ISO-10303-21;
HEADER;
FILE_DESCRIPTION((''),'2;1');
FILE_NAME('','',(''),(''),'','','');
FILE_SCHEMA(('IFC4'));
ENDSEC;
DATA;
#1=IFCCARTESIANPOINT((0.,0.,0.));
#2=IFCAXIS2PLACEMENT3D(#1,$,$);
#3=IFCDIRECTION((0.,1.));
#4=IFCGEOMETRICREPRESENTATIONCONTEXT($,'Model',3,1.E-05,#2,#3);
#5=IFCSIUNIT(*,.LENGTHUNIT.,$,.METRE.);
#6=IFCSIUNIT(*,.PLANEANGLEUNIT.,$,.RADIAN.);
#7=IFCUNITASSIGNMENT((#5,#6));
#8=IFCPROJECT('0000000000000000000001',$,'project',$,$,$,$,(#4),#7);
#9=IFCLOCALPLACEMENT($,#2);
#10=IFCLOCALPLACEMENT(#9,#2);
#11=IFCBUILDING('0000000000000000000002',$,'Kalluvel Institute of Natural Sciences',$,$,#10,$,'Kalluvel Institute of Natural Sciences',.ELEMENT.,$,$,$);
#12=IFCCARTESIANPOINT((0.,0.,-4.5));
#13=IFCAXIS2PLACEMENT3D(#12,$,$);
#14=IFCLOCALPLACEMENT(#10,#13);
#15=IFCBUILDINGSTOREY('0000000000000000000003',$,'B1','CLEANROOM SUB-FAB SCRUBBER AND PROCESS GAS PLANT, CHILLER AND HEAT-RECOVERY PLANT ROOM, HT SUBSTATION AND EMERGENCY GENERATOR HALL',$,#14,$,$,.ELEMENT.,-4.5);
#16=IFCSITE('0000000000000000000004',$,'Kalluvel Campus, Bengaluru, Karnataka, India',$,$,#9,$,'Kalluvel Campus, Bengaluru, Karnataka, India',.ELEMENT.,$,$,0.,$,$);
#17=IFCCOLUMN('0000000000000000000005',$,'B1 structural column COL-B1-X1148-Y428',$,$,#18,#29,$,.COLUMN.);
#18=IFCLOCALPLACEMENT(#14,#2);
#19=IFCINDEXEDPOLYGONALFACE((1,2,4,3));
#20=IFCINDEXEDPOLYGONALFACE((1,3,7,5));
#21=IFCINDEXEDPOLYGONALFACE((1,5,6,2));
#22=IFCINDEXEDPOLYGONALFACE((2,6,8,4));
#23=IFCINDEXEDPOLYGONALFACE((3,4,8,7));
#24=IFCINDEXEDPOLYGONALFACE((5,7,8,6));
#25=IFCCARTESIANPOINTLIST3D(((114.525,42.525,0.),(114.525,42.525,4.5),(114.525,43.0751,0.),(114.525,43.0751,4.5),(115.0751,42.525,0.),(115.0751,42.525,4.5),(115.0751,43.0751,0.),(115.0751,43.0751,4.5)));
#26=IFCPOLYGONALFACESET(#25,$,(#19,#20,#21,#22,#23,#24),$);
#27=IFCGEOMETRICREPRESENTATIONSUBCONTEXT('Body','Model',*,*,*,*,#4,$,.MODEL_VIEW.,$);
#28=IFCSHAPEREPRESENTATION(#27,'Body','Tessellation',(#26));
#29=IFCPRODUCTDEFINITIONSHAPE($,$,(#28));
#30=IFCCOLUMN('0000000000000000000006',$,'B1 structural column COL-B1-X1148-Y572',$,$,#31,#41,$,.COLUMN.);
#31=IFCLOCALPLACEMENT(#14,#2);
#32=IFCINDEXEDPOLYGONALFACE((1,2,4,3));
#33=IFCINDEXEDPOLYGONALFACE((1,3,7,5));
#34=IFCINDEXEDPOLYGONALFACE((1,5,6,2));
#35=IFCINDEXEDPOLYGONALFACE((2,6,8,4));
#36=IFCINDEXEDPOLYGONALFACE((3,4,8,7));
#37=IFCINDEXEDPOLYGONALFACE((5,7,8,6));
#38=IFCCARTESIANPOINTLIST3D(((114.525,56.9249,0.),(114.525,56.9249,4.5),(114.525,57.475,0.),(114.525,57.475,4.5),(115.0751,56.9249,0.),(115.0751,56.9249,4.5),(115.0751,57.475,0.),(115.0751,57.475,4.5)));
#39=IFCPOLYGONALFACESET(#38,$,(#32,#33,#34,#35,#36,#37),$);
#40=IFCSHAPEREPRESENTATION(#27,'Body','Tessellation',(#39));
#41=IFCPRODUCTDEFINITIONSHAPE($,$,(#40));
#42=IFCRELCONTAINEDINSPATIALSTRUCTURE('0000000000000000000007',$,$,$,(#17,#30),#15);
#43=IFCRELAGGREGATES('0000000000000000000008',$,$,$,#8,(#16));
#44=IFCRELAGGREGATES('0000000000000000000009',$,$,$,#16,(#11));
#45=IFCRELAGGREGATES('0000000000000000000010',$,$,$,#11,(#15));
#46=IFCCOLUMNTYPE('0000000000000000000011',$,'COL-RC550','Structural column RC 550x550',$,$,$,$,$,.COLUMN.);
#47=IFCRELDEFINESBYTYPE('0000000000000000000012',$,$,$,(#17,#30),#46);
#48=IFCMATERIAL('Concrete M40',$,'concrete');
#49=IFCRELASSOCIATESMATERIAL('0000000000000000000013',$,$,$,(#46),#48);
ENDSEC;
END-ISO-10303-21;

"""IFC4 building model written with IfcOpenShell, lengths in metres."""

from ifc_helpers import new_model, si_unit, direction, frame, origin, origin_2d, place, context, subcontext, project, spatial, rectangle, extrude, material, material_profile, profile_set, type_object, element, save


model = new_model("IFC4")

# Units and contexts
model_context = context("Model", 3, precision=1e-05, world=origin(), true_north=direction((0.0, 1.0)))
body_context = subcontext(model_context, "Body", "Model", "MODEL_VIEW")
ifc_project = project(units=[si_unit("LENGTHUNIT", "METRE"), si_unit("PLANEANGLEUNIT", "RADIAN")], contexts=[model_context])

# Site, building, storey
site_placement = place(None, origin())
site = spatial("IfcSite", under=ifc_project, at=site_placement, Name="Kalluvel Campus, Bengaluru, Karnataka, India", LongName="Kalluvel Campus, Bengaluru, Karnataka, India", CompositionType="ELEMENT", RefElevation=0.0)
building_placement = place(site_placement, origin())
building = spatial("IfcBuilding", under=site, at=building_placement, Name="Kalluvel Institute of Natural Sciences", LongName="Kalluvel Institute of Natural Sciences", CompositionType="ELEMENT")
storey_placement = place(building_placement, frame((0.0, 0.0, -4.5)))
storey = spatial("IfcBuildingStorey", under=building, at=storey_placement, Name="B1", Description="CLEANROOM SUB-FAB SCRUBBER AND PROCESS GAS PLANT, CHILLER AND HEAT-RECOVERY PLANT ROOM, HT SUBSTATION AND EMERGENCY GENERATOR HALL", CompositionType="ELEMENT", Elevation=-4.5)

# Shared definitions
ifc_material = material(Name="Concrete M40", Category="concrete")

# Columns
ifc_material_profile_1 = material_profile(ifc_material, rectangle(XDim=0.55, YDim=0.55, at=origin_2d()), Name="RC 550x550")
ifc_profile_set_1 = profile_set([ifc_material_profile_1], Name="Concrete M40")
column_type_1 = type_object("IfcColumnType", Name="COL-RC550", Description="Structural column RC 550x550", PredefinedType="COLUMN", material=ifc_profile_set_1)
for number, where, z_axis, x_axis, name in (
    (1, (114.8, 42.8, 0.0), (0.0, 0.0, 1.0), (1.0, 0.0, 0.0), "B1 structural column COL-B1-X1148-Y428"),
    (2, (114.8, 57.2, 0.0), (0.0, 0.0, 1.0), (1.0, 0.0, 0.0), "B1 structural column COL-B1-X1148-Y572"),
):
    element("IfcColumn", number, at=place(storey_placement, frame(where, z_axis=z_axis, x_axis=x_axis)), inside=storey, type_object=column_type_1, Name=name, PredefinedType="COLUMN", context=body_context, shape_type="SweptSolid", body=[
        extrude(rectangle(XDim=0.55, YDim=0.55, at=origin_2d()), origin(), (0.0, 0.0, 1.0), 4.5),
    ])

save(model, "model.ifc")
